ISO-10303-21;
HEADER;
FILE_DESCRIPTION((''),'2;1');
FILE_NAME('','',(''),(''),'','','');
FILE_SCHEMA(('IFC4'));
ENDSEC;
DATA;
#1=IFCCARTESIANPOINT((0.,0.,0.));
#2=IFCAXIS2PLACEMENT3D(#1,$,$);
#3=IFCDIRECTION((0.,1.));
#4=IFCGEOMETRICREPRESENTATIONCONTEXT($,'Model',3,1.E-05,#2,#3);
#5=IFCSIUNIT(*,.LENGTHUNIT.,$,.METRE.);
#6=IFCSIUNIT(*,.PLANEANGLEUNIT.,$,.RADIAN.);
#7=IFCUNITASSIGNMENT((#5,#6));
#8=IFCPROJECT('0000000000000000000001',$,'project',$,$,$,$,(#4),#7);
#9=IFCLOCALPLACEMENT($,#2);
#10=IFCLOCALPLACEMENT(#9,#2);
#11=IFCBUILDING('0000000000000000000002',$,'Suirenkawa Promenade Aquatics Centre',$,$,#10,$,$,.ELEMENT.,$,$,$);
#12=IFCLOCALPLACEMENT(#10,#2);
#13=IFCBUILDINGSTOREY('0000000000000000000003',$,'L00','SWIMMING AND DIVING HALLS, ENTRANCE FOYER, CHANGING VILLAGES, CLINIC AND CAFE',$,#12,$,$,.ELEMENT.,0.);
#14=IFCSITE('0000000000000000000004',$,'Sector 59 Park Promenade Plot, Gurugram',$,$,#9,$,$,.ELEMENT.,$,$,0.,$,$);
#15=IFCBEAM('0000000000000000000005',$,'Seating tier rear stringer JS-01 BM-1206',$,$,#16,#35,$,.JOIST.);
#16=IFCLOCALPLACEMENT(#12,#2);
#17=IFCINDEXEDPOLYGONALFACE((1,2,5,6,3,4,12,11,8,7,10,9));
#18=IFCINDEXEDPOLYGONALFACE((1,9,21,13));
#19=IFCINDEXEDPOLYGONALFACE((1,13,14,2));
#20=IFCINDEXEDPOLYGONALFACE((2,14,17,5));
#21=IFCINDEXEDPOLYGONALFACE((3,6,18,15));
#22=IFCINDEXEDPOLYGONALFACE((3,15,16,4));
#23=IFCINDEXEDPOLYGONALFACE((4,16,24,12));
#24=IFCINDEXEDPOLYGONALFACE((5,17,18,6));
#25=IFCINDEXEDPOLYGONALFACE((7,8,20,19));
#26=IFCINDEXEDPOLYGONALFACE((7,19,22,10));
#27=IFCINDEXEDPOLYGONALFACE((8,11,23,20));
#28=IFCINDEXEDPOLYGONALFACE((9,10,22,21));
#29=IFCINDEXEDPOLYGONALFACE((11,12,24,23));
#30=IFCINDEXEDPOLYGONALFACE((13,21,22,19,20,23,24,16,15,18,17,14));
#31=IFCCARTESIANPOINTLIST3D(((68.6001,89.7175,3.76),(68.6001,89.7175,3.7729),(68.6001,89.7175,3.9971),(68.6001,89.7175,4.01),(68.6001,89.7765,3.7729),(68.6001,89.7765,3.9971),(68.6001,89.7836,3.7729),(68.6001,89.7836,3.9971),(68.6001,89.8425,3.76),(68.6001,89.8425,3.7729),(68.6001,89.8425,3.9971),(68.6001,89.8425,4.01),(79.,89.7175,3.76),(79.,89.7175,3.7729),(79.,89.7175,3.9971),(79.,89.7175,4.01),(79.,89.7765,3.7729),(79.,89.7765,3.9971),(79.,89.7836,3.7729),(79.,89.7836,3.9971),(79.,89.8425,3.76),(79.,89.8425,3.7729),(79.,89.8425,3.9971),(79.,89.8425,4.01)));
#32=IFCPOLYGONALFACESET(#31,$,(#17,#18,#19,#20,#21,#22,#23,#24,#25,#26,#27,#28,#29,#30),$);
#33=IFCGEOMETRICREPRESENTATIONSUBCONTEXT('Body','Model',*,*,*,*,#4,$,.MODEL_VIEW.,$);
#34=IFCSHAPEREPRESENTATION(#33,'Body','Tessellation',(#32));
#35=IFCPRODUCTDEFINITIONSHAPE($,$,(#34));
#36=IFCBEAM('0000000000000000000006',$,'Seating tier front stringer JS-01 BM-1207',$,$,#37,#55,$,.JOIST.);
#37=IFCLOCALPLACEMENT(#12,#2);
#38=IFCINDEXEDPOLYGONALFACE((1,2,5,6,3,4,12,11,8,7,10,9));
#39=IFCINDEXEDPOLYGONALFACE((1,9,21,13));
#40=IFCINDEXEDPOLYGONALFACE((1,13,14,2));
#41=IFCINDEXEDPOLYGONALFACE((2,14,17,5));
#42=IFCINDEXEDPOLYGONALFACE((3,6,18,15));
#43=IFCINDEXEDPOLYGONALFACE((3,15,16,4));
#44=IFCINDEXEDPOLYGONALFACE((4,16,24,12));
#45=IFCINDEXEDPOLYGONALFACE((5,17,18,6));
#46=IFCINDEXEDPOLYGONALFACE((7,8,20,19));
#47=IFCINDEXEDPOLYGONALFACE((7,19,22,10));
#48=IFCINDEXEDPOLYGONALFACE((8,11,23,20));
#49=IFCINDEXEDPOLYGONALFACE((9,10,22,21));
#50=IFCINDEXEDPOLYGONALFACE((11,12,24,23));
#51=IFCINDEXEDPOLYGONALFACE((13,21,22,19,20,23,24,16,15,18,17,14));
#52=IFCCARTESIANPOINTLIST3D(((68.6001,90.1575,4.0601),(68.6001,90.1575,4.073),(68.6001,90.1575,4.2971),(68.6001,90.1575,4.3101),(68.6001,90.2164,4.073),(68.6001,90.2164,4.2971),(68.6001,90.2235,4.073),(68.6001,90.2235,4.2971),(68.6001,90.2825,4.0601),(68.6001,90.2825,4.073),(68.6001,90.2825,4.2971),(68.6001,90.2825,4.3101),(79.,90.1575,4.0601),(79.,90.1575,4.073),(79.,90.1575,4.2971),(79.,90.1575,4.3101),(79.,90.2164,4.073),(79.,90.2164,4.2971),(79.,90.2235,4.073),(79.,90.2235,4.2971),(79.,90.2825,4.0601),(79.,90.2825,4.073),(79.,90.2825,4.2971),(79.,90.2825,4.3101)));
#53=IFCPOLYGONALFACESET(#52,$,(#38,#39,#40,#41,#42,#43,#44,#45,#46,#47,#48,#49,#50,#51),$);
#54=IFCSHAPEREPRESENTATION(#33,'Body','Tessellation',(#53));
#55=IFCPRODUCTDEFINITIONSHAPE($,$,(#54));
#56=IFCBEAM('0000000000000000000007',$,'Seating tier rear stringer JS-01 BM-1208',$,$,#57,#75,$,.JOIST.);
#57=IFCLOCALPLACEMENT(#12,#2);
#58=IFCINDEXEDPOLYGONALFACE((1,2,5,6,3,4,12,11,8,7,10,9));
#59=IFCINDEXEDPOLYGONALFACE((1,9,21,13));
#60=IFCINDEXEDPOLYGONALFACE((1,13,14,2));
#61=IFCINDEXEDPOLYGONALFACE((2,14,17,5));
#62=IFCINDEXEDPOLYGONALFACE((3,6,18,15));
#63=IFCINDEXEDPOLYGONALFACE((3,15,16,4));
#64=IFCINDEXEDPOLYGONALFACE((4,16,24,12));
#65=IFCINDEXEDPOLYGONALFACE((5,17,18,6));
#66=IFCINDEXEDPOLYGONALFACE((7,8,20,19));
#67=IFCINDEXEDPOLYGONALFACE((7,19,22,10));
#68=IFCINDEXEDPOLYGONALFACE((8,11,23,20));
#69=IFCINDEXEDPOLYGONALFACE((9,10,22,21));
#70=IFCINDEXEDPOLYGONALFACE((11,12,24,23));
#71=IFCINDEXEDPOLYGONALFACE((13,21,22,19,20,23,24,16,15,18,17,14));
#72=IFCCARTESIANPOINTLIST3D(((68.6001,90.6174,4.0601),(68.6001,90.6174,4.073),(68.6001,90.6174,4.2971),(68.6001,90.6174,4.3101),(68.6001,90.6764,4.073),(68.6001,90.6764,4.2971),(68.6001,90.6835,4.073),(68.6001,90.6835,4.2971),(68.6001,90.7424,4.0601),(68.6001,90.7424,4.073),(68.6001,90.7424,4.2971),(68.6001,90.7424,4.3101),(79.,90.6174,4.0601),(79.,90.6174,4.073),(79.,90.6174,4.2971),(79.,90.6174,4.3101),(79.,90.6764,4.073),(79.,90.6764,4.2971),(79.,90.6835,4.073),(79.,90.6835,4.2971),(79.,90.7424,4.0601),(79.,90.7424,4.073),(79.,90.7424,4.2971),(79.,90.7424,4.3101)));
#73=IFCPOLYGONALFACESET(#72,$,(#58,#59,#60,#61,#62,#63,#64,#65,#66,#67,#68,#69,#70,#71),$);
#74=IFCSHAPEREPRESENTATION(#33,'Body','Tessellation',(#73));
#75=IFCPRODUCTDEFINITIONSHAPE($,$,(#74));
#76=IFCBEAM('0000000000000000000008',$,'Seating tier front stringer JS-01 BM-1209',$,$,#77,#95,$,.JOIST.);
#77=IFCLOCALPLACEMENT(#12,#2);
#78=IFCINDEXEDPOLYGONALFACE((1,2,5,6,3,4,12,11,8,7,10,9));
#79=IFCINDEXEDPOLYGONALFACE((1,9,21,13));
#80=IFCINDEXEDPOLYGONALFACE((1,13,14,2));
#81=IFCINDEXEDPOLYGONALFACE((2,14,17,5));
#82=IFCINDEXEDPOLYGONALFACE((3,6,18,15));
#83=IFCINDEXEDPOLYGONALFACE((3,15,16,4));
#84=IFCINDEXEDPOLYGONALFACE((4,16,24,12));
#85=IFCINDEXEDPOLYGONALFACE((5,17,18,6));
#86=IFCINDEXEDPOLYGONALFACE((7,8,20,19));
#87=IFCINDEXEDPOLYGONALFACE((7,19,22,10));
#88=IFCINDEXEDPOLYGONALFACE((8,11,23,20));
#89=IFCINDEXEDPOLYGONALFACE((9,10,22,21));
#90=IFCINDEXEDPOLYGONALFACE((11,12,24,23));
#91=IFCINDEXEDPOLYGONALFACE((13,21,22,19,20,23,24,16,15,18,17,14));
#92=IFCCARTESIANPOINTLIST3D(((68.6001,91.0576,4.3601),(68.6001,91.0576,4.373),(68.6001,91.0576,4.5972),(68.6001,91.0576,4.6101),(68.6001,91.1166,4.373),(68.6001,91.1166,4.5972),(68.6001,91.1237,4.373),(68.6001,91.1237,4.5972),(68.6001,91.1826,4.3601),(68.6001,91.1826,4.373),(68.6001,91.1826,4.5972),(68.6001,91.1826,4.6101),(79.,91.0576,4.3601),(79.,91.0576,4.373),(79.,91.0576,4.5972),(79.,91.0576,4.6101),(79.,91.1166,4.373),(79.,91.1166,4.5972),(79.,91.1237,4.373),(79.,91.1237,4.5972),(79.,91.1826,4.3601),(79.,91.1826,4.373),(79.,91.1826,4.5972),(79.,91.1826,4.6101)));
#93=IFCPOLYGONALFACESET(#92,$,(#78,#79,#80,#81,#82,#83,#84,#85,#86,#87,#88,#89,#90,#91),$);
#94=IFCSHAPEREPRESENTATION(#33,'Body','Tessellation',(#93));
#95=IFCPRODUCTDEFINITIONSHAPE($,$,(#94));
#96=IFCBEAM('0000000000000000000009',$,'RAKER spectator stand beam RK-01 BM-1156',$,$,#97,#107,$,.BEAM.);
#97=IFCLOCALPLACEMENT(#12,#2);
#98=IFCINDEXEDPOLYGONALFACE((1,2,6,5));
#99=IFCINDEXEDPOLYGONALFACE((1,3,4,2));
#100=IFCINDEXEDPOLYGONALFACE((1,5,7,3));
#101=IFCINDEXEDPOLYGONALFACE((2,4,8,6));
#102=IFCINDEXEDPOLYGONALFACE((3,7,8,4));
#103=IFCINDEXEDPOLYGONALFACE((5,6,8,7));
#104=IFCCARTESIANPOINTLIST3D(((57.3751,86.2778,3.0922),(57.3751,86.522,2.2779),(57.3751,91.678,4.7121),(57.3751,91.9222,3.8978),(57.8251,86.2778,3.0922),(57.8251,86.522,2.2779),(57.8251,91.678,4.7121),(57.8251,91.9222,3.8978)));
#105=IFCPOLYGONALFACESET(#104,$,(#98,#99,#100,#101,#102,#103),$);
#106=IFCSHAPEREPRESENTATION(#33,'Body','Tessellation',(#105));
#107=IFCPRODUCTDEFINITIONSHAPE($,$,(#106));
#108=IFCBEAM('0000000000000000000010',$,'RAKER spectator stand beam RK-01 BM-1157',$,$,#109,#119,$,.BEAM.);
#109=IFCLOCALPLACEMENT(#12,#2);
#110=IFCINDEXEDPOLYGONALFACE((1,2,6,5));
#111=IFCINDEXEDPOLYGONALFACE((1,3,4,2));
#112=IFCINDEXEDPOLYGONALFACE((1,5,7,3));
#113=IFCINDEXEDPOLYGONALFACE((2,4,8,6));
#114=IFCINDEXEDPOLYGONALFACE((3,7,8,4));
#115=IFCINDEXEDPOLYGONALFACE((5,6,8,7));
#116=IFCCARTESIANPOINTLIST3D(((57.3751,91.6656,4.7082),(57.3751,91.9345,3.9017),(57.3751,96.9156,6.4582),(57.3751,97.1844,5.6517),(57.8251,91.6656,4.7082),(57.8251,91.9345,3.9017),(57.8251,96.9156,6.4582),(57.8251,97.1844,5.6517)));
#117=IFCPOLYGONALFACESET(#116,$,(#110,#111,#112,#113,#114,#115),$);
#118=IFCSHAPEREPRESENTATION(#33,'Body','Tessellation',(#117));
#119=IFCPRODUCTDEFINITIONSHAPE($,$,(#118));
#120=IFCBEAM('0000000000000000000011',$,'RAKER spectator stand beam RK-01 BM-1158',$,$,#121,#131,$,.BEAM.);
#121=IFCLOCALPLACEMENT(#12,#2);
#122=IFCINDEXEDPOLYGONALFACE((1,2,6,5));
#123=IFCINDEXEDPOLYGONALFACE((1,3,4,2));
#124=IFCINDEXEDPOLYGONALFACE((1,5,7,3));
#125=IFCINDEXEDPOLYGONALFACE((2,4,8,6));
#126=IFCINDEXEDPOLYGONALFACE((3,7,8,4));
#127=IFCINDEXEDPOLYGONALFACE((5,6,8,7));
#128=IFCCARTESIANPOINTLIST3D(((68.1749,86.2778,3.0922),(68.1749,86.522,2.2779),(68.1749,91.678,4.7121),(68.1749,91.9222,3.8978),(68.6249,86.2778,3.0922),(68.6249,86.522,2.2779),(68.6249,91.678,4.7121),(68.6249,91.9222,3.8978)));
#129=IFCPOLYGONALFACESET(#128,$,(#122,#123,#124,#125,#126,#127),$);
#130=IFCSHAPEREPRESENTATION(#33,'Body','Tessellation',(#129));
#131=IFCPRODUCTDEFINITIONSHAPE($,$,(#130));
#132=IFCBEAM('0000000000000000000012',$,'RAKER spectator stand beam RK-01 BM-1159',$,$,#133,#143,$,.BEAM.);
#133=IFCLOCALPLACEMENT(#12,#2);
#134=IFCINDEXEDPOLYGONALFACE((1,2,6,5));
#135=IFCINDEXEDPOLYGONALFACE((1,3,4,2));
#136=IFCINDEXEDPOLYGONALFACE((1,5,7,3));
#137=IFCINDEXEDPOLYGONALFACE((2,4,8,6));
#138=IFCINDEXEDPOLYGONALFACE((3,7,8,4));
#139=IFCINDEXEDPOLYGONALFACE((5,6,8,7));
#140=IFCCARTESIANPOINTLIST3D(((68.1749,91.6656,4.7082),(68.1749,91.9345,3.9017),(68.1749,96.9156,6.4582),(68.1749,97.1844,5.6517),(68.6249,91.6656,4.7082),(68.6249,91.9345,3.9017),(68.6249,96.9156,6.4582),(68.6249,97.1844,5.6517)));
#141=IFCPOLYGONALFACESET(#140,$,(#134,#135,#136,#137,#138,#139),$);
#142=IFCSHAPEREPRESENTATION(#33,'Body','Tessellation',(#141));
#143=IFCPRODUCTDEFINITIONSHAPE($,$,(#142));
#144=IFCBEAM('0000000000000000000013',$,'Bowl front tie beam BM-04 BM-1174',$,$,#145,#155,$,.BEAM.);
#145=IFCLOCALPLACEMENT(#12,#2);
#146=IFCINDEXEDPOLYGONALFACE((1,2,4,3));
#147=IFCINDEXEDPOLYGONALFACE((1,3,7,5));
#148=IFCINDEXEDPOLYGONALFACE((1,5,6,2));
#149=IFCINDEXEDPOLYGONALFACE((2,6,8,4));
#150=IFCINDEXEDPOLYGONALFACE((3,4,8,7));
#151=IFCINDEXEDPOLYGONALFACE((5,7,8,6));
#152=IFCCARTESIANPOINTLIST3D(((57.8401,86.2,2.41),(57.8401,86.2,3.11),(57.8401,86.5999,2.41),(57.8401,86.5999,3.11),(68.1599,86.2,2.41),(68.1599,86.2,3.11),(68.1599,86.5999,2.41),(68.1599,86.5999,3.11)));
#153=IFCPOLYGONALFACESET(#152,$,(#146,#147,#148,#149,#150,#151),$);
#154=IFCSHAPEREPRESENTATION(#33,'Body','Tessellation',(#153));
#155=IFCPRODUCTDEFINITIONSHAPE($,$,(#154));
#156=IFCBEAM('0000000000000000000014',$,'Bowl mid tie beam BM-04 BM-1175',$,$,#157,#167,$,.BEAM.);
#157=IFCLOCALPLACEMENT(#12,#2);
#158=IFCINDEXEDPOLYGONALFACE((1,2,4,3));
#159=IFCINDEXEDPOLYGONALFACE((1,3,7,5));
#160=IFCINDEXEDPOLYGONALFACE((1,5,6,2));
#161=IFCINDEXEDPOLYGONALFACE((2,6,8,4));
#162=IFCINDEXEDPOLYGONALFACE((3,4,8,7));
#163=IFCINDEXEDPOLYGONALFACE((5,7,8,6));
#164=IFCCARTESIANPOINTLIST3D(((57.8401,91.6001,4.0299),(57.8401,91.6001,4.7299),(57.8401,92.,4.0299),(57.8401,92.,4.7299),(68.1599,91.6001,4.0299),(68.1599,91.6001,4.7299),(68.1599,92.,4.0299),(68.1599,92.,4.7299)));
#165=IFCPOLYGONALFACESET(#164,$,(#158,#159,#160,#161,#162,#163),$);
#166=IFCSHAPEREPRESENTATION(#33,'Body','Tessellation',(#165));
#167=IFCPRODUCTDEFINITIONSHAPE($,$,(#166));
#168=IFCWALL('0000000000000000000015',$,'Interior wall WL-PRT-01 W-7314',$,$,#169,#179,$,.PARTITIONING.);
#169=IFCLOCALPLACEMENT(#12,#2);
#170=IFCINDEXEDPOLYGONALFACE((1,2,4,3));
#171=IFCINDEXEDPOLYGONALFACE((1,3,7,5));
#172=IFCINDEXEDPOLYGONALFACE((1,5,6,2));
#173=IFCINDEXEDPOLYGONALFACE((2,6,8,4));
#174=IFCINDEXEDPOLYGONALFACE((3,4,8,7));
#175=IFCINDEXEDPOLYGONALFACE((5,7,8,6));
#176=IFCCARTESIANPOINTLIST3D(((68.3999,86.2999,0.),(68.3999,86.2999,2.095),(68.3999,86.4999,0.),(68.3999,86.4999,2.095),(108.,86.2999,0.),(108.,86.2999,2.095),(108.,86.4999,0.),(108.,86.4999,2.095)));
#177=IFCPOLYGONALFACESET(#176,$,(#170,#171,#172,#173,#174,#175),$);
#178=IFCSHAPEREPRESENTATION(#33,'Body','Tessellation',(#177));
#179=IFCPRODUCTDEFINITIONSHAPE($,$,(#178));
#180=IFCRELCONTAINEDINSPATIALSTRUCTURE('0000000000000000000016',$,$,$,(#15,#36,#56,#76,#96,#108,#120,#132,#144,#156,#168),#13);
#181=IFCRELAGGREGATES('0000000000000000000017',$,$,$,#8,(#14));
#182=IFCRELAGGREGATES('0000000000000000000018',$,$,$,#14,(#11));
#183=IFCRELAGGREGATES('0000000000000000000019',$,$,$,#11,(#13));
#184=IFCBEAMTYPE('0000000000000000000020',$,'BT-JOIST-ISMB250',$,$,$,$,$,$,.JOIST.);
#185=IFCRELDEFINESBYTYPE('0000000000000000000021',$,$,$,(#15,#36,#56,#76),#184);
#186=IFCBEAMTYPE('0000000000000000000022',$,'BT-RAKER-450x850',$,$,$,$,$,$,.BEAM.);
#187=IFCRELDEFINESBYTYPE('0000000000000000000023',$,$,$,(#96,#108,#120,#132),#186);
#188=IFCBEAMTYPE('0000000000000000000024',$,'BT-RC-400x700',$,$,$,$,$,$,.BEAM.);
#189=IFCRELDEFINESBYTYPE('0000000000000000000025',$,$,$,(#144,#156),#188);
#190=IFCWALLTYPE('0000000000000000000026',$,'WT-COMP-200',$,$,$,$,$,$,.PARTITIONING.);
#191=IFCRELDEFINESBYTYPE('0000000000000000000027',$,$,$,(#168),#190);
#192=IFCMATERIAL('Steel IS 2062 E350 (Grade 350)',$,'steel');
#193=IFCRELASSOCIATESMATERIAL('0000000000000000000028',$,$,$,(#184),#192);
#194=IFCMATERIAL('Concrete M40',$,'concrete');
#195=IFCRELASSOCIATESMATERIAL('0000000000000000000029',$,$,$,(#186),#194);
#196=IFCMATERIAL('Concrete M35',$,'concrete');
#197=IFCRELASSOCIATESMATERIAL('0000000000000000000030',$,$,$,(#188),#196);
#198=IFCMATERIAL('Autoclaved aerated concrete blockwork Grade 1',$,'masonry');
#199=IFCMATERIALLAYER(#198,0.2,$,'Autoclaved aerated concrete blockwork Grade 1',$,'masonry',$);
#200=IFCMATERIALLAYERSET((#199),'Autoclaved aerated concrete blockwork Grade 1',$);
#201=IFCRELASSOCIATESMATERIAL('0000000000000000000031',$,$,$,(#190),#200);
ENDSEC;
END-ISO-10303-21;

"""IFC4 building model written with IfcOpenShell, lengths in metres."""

from ifc_helpers import new_model, si_unit, direction, frame, frame_2d, origin, origin_2d, place, context, subcontext, project, spatial, rectangle, i_section, extrude, material, layer, layer_set, material_profile, profile_set, type_object, element, save


model = new_model("IFC4")

# Units and contexts
model_context = context("Model", 3, precision=1e-05, world=origin(), true_north=direction((0.0, 1.0)))
body_context = subcontext(model_context, "Body", "Model", "MODEL_VIEW")
ifc_project = project(units=[si_unit("LENGTHUNIT", "METRE"), si_unit("PLANEANGLEUNIT", "RADIAN")], contexts=[model_context])

# Site, building, storey
site_placement = place(None, origin())
site = spatial("IfcSite", under=ifc_project, at=site_placement, Name="Sector 59 Park Promenade Plot, Gurugram", CompositionType="ELEMENT", RefElevation=0.0)
building_placement = place(site_placement, origin())
building = spatial("IfcBuilding", under=site, at=building_placement, Name="Suirenkawa Promenade Aquatics Centre", CompositionType="ELEMENT")
storey_placement = place(building_placement, origin())
storey = spatial("IfcBuildingStorey", under=building, at=storey_placement, Name="L00", Description="SWIMMING AND DIVING HALLS, ENTRANCE FOYER, CHANGING VILLAGES, CLINIC AND CAFE", CompositionType="ELEMENT", Elevation=0.0)

# Shared definitions
ifc_material_1 = material(Name="Concrete M40", Category="concrete")

# Beams
ifc_material_2 = material(Name="Steel IS 2062 E350 (Grade 350)", Category="steel")
ifc_material_profile_1 = material_profile(ifc_material_2, i_section(OverallWidth=0.125, OverallDepth=0.25, WebThickness=0.0071, FlangeThickness=0.0129, at=origin_2d()), Name="ISMB 250", Category="steel")
ifc_profile_set_1 = profile_set([ifc_material_profile_1], Name="Steel IS 2062 E350 (Grade 350)")
beam_type_1 = type_object("IfcBeamType", Name="BT-JOIST-ISMB250", PredefinedType="JOIST", material=ifc_profile_set_1)
for number, where, z_axis, x_axis, name in (
    (1, (68.6001, 89.78, 3.885), (1.0, 0.0, 0.0), (0.0, 1.0, 0.0), "Seating tier rear stringer JS-01 BM-1206"),
    (2, (68.6001, 90.22, 4.1851), (1.0, 0.0, 0.0), (0.0, 1.0, 0.0), "Seating tier front stringer JS-01 BM-1207"),
    (3, (68.6001, 90.6799, 4.1851), (1.0, 0.0, 0.0), (0.0, 1.0, 0.0), "Seating tier rear stringer JS-01 BM-1208"),
    (4, (68.6001, 91.1201, 4.4851), (1.0, 0.0, 0.0), (0.0, 1.0, 0.0), "Seating tier front stringer JS-01 BM-1209"),
):
    element("IfcBeam", number, at=place(storey_placement, frame(where, z_axis=z_axis, x_axis=x_axis)), inside=storey, type_object=beam_type_1, Name=name, PredefinedType="JOIST", context=body_context, shape_type="SweptSolid", body=[
        extrude(i_section(OverallWidth=0.125, OverallDepth=0.25, WebThickness=0.0071, FlangeThickness=0.0129, at=origin_2d()), origin(), (0.0, 0.0, 1.0), 10.3999),
    ])
ifc_material_profile_2 = material_profile(ifc_material_1, rectangle(XDim=0.45, YDim=0.8501, at=origin_2d()), Name="RC RAKER 450x850", Category="concrete")
ifc_profile_set_2 = profile_set([ifc_material_profile_2], Name="Concrete M40")
beam_type_2 = type_object("IfcBeamType", Name="BT-RAKER-450x850", PredefinedType="BEAM", material=ifc_profile_set_2)
beam_1_placement = place(storey_placement, frame((57.6001, 86.3999, 2.6851), z_axis=(0.0, 0.957835, 0.28732), x_axis=(-1.0, 0.0, 0.0)))
element("IfcBeam", 5, at=beam_1_placement, inside=storey, type_object=beam_type_2, Name="RAKER spectator stand beam RK-01 BM-1156", PredefinedType="BEAM", context=body_context, shape_type="SweptSolid", body=[
    extrude(rectangle(XDim=0.45, YDim=0.8501, at=origin_2d()), origin(), (0.0, 0.0, 1.0), 5.6379),
])
beam_2_placement = place(storey_placement, frame((57.6001, 91.8, 4.3049), z_axis=(0.0, 0.948683, 0.316228), x_axis=(-1.0, 0.0, 0.0)))
element("IfcBeam", 6, at=beam_2_placement, inside=storey, type_object=beam_type_2, Name="RAKER spectator stand beam RK-01 BM-1157", PredefinedType="BEAM", context=body_context, shape_type="SweptSolid", body=[
    extrude(rectangle(XDim=0.45, YDim=0.8501, at=origin_2d()), origin(), (0.0, 0.0, 1.0), 5.5339),
])
beam_3_placement = place(storey_placement, frame((68.3999, 86.3999, 2.6851), z_axis=(0.0, 0.957835, 0.28732), x_axis=(-1.0, 0.0, 0.0)))
element("IfcBeam", 7, at=beam_3_placement, inside=storey, type_object=beam_type_2, Name="RAKER spectator stand beam RK-01 BM-1158", PredefinedType="BEAM", context=body_context, shape_type="SweptSolid", body=[
    extrude(rectangle(XDim=0.45, YDim=0.8501, at=origin_2d()), origin(), (0.0, 0.0, 1.0), 5.6379),
])
beam_4_placement = place(storey_placement, frame((68.3999, 91.8, 4.3049), z_axis=(0.0, 0.948683, 0.316228), x_axis=(-1.0, 0.0, 0.0)))
element("IfcBeam", 8, at=beam_4_placement, inside=storey, type_object=beam_type_2, Name="RAKER spectator stand beam RK-01 BM-1159", PredefinedType="BEAM", context=body_context, shape_type="SweptSolid", body=[
    extrude(rectangle(XDim=0.45, YDim=0.8501, at=origin_2d()), origin(), (0.0, 0.0, 1.0), 5.5339),
])
ifc_material_3 = material(Name="Concrete M35", Category="concrete")
ifc_material_profile_3 = material_profile(ifc_material_3, rectangle(XDim=0.3999, YDim=0.7, at=origin_2d()), Name="RC BM 400x700", Category="concrete")
ifc_profile_set_3 = profile_set([ifc_material_profile_3], Name="Concrete M35")
beam_type_3 = type_object("IfcBeamType", Name="BT-RC-400x700", PredefinedType="BEAM", material=ifc_profile_set_3)
for number, where, z_axis, x_axis, name in (
    (9, (57.8401, 86.3999, 2.76), (1.0, 0.0, 0.0), (0.0, 1.0, 0.0), "Bowl front tie beam BM-04 BM-1174"),
    (10, (57.8401, 91.8, 4.3799), (1.0, 0.0, 0.0), (0.0, 1.0, 0.0), "Bowl mid tie beam BM-04 BM-1175"),
):
    element("IfcBeam", number, at=place(storey_placement, frame(where, z_axis=z_axis, x_axis=x_axis)), inside=storey, type_object=beam_type_3, Name=name, PredefinedType="BEAM", context=body_context, shape_type="SweptSolid", body=[
        extrude(rectangle(XDim=0.3999, YDim=0.7, at=origin_2d()), origin(), (0.0, 0.0, 1.0), 10.3198),
    ])

# Wall
ifc_material_4 = material(Name="Autoclaved aerated concrete blockwork Grade 1", Category="masonry")
ifc_layer = layer(ifc_material_4, 0.2, Name="Autoclaved aerated concrete blockwork Grade 1", Category="masonry")
ifc_layer_set = layer_set([ifc_layer], Name="Autoclaved aerated concrete blockwork Grade 1")
wall_type = type_object("IfcWallType", Name="WT-COMP-200", PredefinedType="PARTITIONING", material=ifc_layer_set)
wall_placement = place(storey_placement, frame((68.3999, 86.3999, 0.0), z_axis=(0.0, 0.0, 1.0), x_axis=(1.0, 0.0, 0.0)))
element("IfcWall", 11, at=wall_placement, inside=storey, type_object=wall_type, Name="Interior wall WL-PRT-01 W-7314", PredefinedType="PARTITIONING", context=body_context, shape_type="SweptSolid", body=[
    extrude(rectangle(XDim=39.6001, YDim=0.2, at=frame_2d((19.8, 0.0))), origin(), (0.0, 0.0, 1.0), 2.095),
])

save(model, "model.ifc")
